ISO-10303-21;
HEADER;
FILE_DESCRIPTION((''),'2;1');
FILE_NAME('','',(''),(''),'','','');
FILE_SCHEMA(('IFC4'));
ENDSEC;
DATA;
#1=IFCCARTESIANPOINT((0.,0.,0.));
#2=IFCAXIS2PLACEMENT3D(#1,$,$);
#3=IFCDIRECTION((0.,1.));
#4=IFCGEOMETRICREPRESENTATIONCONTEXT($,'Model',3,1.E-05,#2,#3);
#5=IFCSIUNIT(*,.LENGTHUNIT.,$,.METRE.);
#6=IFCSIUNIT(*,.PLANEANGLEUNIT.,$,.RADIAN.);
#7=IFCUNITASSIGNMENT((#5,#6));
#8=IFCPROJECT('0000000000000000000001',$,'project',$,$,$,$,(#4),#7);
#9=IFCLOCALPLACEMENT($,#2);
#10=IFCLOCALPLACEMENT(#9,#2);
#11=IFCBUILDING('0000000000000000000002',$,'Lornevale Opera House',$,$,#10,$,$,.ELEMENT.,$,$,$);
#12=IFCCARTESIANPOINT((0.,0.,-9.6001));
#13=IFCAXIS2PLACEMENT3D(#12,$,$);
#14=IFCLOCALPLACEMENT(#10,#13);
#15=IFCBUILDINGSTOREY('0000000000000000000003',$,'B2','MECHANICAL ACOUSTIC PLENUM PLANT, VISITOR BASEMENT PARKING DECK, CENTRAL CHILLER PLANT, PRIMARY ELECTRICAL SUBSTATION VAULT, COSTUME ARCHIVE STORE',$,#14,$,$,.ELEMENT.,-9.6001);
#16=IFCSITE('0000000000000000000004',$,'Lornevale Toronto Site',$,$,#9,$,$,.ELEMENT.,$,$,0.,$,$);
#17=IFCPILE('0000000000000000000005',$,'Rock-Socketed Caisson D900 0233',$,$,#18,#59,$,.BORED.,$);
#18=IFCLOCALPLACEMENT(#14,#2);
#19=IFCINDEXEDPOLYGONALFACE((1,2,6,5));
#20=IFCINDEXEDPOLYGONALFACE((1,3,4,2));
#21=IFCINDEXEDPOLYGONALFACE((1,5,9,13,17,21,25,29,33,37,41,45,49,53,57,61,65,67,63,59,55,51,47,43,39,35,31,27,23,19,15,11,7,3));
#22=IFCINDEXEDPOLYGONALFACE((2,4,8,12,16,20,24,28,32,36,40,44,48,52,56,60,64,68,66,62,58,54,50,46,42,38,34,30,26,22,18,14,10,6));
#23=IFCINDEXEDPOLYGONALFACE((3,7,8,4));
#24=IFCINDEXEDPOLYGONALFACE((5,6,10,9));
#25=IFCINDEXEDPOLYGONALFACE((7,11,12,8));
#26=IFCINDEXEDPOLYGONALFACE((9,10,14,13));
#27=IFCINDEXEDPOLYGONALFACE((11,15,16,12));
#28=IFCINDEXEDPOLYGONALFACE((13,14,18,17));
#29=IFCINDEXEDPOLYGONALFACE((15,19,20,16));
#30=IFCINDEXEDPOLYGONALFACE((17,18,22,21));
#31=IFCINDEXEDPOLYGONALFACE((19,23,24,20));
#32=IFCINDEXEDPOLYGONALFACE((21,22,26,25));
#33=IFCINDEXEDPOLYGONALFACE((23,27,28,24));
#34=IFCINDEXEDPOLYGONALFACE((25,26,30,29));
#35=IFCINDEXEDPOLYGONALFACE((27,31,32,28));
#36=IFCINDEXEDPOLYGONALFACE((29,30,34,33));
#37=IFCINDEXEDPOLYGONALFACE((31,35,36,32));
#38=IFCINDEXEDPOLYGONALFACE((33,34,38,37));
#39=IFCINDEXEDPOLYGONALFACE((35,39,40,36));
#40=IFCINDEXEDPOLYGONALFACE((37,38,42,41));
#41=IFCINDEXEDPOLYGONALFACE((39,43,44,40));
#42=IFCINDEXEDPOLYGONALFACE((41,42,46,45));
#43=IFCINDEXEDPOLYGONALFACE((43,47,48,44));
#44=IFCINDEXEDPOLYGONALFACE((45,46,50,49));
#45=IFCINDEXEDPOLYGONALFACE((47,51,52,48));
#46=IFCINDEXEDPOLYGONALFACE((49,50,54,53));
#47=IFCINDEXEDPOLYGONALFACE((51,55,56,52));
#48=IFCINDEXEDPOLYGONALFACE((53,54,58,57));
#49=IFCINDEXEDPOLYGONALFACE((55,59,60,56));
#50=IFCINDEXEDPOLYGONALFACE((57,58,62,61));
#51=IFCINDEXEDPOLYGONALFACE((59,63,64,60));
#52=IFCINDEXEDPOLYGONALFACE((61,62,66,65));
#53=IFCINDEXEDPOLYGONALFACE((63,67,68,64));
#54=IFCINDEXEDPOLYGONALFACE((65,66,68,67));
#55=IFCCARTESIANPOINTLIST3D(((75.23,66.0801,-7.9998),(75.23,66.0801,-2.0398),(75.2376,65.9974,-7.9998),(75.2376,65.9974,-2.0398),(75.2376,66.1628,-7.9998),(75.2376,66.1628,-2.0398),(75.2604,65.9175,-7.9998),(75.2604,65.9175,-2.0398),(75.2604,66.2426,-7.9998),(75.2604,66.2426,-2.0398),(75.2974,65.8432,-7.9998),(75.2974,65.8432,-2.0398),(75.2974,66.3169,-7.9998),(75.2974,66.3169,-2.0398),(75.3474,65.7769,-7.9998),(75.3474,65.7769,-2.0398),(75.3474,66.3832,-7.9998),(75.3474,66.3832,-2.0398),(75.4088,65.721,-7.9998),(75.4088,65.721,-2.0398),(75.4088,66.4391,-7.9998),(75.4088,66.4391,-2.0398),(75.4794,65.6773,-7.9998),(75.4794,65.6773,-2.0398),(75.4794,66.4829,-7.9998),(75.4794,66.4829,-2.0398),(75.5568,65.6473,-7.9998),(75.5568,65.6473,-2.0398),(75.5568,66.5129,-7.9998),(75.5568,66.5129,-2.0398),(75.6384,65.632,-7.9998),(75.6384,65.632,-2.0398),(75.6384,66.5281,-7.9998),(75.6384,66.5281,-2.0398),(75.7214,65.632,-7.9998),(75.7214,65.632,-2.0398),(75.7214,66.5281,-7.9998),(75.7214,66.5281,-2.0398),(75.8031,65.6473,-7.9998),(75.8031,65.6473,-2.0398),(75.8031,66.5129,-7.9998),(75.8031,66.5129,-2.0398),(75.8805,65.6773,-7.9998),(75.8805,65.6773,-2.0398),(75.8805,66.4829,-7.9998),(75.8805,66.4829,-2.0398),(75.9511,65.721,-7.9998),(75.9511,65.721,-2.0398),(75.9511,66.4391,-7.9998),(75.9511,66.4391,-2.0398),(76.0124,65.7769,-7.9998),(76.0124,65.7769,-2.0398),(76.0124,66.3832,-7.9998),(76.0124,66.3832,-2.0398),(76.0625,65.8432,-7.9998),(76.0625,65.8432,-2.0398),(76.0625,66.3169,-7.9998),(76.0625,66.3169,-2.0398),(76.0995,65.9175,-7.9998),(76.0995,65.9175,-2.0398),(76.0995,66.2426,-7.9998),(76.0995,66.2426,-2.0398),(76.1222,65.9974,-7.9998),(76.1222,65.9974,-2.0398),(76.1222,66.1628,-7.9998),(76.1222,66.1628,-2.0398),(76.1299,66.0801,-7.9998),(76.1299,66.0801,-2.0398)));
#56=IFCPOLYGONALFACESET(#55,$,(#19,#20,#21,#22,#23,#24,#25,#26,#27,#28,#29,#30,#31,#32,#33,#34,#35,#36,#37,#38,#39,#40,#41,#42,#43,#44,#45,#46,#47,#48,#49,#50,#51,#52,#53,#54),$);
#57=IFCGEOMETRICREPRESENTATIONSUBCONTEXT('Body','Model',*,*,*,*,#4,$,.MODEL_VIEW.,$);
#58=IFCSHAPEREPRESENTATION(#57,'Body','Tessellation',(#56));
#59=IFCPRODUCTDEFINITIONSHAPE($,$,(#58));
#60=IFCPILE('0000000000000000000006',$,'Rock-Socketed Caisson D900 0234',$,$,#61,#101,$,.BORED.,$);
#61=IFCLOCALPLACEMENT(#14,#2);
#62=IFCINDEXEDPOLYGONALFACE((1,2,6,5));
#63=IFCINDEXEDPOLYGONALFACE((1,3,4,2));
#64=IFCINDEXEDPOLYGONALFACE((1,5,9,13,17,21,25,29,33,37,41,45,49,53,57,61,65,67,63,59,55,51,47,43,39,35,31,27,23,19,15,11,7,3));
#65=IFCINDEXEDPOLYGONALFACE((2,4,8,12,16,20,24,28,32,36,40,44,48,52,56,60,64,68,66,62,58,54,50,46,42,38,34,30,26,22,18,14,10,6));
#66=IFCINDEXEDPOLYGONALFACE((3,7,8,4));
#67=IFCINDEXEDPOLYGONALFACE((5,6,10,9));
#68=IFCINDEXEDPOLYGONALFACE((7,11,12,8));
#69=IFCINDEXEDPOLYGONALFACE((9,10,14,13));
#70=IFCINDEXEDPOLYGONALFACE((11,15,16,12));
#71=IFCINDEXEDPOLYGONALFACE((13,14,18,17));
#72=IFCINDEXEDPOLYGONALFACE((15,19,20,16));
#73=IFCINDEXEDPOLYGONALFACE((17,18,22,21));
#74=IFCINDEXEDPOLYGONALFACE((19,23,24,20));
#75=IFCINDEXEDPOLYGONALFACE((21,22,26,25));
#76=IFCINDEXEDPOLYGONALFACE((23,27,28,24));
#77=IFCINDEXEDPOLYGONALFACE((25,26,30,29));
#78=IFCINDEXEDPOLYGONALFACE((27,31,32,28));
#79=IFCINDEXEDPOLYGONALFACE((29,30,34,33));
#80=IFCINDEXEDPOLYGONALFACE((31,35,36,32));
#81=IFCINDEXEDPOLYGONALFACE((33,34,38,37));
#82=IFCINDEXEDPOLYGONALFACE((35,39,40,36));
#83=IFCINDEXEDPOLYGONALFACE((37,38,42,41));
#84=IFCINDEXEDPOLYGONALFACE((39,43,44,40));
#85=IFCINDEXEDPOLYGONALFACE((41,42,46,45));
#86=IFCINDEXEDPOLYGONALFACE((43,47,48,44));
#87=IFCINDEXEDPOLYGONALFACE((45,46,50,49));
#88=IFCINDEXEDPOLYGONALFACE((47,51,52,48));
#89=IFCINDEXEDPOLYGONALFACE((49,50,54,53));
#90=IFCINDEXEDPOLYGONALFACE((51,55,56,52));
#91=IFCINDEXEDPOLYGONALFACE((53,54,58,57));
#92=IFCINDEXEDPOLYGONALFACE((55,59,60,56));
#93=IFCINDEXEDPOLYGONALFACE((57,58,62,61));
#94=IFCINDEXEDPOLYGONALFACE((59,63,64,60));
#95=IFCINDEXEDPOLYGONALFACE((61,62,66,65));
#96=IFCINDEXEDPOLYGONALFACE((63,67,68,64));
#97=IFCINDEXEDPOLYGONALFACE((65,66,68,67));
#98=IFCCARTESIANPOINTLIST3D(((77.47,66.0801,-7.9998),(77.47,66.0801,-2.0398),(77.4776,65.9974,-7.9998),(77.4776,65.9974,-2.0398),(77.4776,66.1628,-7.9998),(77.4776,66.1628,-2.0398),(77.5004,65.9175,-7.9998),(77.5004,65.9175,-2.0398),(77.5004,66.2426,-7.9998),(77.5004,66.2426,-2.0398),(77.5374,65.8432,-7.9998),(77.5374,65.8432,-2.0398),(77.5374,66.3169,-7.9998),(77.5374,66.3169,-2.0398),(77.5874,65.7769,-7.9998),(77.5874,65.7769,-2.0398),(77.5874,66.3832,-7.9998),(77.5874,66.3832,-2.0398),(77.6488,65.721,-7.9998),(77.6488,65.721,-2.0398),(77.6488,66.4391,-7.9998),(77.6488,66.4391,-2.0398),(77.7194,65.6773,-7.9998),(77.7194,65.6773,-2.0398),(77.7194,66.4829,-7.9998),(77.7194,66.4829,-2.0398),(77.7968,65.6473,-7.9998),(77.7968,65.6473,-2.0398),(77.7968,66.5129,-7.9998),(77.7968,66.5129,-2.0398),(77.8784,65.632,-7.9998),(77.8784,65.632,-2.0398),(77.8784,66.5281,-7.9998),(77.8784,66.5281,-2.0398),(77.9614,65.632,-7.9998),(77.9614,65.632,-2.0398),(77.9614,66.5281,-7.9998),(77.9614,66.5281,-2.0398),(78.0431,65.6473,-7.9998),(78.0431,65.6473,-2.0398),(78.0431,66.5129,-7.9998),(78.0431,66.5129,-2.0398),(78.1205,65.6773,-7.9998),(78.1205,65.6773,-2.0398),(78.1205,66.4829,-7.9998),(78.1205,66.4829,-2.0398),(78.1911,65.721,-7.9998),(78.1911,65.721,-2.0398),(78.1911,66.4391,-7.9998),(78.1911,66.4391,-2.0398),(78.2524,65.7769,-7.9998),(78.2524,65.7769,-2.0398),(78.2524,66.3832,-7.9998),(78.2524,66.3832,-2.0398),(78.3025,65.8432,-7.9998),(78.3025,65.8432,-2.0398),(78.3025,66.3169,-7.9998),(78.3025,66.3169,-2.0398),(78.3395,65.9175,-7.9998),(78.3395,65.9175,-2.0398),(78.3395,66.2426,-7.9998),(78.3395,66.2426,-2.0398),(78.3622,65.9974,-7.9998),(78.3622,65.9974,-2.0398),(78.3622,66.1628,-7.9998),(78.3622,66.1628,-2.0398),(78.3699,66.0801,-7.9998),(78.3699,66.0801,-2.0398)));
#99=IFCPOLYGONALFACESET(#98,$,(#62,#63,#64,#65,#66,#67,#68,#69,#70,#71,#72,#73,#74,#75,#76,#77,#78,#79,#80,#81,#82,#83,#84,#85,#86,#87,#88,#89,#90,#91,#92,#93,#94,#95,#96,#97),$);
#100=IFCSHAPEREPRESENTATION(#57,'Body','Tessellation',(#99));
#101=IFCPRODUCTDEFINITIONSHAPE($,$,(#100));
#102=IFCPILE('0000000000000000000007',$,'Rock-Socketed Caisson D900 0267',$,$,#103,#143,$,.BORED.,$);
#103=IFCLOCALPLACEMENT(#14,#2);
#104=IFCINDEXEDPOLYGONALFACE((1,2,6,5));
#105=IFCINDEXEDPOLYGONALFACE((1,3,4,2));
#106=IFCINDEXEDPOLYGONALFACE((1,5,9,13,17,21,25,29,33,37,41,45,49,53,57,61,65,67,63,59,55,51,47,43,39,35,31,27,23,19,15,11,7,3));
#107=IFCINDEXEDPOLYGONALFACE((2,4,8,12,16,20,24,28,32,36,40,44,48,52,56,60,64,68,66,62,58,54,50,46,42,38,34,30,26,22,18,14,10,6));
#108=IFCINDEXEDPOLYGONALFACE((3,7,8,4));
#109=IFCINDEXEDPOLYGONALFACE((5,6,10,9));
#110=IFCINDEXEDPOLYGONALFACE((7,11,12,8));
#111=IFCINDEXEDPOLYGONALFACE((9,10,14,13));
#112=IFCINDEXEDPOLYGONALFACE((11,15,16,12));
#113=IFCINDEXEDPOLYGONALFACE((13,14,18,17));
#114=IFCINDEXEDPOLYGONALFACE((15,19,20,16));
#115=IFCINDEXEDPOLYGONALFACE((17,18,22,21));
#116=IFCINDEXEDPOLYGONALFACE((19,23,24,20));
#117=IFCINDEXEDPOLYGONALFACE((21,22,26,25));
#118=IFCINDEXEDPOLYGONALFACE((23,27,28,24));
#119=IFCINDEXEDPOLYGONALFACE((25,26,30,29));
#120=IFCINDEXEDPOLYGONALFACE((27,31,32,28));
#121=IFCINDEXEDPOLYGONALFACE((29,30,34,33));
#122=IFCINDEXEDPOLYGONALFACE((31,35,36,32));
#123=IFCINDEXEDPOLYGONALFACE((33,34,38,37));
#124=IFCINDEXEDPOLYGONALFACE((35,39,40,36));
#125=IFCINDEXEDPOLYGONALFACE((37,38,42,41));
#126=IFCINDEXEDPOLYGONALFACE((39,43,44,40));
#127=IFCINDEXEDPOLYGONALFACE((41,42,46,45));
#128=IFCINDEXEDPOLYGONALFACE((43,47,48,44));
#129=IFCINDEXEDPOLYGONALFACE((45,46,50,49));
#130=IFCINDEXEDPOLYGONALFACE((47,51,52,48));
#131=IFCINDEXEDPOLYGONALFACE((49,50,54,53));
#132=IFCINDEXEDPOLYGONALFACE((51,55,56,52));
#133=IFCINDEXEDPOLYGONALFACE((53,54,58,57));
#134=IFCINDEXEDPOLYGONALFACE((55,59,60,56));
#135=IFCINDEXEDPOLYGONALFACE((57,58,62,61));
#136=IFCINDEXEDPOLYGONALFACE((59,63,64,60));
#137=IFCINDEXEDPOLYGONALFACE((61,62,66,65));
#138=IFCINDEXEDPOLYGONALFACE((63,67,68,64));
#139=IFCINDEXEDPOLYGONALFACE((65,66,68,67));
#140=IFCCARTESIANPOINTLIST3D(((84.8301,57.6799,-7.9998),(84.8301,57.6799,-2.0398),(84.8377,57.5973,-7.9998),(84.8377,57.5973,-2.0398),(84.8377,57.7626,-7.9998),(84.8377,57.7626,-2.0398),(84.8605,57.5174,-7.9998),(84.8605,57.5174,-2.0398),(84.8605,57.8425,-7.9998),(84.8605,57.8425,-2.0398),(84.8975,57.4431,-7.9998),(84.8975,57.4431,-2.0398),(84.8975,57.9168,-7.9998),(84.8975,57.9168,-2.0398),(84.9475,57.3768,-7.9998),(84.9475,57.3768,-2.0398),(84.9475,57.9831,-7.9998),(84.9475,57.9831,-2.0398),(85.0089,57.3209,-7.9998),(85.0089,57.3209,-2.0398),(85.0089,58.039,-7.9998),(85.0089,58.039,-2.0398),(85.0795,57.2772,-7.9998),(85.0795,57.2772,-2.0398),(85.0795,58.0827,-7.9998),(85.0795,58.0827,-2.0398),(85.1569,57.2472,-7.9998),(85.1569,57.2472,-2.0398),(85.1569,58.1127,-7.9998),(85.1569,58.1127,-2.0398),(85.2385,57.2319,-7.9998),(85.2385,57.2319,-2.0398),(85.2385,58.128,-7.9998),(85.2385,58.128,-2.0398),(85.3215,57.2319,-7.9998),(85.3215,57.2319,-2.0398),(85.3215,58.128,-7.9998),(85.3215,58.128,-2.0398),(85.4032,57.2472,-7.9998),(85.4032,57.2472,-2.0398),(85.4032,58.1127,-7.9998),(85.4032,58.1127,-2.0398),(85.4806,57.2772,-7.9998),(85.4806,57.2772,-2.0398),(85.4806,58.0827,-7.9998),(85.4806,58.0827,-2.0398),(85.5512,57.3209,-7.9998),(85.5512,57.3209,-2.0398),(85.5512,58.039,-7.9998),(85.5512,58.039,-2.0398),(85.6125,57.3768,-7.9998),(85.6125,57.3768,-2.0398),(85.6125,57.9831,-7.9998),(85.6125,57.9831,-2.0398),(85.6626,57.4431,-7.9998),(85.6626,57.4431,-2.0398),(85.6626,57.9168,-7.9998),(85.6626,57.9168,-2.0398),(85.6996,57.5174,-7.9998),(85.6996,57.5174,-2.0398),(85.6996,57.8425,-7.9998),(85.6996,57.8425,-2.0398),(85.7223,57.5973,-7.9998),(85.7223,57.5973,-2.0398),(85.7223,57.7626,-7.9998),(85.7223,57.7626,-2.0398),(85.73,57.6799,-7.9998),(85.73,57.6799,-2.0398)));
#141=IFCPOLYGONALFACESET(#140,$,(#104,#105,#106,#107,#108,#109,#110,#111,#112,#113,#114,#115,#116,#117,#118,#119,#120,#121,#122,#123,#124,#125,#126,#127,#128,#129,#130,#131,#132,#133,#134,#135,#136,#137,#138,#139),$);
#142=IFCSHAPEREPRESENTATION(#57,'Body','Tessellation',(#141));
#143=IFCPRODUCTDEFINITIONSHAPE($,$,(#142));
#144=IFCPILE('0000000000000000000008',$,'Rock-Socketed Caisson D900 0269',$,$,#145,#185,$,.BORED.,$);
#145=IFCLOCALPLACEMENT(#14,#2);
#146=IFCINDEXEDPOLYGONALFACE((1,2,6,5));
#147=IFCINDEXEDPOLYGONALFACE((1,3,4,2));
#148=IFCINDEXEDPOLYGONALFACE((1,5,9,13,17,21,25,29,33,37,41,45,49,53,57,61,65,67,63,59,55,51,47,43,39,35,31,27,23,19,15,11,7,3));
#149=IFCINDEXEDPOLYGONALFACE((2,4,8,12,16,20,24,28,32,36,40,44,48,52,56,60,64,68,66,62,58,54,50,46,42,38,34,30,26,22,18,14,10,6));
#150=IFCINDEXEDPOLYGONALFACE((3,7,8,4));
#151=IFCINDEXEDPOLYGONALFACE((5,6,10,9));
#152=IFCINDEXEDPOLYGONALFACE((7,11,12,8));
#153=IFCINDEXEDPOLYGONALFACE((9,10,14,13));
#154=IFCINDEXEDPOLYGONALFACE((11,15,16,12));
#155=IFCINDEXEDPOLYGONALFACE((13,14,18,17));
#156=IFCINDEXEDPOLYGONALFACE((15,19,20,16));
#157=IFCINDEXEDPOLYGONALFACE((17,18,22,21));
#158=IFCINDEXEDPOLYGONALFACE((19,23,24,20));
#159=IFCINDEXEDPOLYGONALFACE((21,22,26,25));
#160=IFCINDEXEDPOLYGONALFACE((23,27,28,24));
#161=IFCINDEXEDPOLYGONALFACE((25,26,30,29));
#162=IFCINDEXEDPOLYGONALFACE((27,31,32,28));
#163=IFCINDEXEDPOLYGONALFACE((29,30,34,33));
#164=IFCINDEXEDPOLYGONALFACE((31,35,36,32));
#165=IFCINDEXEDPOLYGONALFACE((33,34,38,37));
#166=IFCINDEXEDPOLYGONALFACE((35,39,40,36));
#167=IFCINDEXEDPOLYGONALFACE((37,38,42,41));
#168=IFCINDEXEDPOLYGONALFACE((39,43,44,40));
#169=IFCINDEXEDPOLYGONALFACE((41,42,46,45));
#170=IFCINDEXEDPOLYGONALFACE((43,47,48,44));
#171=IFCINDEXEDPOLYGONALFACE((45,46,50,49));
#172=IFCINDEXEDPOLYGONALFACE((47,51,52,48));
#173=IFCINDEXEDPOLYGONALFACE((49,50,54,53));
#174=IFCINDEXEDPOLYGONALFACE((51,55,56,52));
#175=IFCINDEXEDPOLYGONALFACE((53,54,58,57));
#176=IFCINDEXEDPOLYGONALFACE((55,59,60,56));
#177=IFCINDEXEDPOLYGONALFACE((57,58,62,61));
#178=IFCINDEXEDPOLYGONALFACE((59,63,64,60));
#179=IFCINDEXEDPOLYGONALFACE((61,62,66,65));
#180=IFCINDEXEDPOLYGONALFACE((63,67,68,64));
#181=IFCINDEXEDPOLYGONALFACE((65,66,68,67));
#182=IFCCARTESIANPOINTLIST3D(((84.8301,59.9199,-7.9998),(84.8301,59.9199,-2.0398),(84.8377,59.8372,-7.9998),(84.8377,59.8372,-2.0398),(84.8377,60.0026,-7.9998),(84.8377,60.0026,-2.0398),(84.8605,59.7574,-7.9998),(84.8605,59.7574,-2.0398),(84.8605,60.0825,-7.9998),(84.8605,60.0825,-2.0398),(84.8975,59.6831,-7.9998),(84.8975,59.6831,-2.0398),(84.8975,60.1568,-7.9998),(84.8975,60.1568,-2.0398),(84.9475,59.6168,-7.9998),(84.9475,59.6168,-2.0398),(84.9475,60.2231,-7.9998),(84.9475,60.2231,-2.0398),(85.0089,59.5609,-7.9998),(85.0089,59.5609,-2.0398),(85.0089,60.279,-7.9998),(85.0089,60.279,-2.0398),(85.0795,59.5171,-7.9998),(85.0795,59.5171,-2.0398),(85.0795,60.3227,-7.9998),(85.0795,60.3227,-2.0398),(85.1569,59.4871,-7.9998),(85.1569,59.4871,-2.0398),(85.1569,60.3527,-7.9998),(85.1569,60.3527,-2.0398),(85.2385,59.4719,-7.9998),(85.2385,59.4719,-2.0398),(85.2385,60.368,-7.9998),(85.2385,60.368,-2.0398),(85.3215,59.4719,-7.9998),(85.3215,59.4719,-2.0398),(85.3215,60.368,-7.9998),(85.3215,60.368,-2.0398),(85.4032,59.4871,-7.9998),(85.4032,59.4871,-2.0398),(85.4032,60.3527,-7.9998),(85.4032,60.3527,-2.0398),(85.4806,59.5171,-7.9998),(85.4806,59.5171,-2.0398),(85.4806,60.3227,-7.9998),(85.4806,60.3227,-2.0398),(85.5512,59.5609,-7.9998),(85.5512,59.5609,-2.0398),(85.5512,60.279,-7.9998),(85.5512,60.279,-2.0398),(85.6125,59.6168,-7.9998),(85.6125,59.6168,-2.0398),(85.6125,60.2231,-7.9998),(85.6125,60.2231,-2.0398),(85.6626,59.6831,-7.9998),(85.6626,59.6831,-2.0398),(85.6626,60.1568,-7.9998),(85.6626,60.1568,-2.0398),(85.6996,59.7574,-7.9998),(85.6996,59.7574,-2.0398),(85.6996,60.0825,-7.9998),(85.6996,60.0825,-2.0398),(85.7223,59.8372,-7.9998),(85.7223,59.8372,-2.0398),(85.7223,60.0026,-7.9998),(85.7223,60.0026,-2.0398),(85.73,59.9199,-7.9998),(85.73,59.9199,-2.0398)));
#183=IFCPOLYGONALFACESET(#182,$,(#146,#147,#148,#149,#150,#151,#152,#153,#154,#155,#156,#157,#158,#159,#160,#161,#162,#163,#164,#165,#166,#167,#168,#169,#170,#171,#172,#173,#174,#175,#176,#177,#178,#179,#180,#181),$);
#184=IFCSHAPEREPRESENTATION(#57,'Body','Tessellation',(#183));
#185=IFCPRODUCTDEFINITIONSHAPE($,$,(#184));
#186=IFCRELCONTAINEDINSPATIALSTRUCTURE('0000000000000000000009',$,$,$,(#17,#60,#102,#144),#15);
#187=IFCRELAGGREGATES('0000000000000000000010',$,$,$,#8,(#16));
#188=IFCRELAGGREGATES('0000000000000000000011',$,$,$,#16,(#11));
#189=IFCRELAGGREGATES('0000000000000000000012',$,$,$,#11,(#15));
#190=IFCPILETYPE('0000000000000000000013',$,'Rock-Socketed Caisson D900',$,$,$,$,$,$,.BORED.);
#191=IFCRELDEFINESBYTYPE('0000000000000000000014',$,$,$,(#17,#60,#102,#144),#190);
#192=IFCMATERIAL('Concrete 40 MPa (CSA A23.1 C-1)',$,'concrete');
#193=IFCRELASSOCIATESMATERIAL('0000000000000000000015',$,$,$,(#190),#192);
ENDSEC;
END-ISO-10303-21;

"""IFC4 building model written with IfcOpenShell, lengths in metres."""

from ifc_helpers import new_model, si_unit, direction, frame, origin, origin_2d, place, context, subcontext, project, spatial, circle, extrude, material, material_profile, profile_set, type_object, element, save


model = new_model("IFC4")

# Units and contexts
model_context = context("Model", 3, precision=1e-05, world=origin(), true_north=direction((0.0, 1.0)))
body_context = subcontext(model_context, "Body", "Model", "MODEL_VIEW")
ifc_project = project(units=[si_unit("LENGTHUNIT", "METRE"), si_unit("PLANEANGLEUNIT", "RADIAN")], contexts=[model_context])

# Site, building, storey
site_placement = place(None, origin())
site = spatial("IfcSite", under=ifc_project, at=site_placement, Name="Lornevale Toronto Site", CompositionType="ELEMENT", RefElevation=0.0)
building_placement = place(site_placement, origin())
building = spatial("IfcBuilding", under=site, at=building_placement, Name="Lornevale Opera House", CompositionType="ELEMENT")
storey_placement = place(building_placement, frame((0.0, 0.0, -9.6001)))
storey = spatial("IfcBuildingStorey", under=building, at=storey_placement, Name="B2", Description="MECHANICAL ACOUSTIC PLENUM PLANT, VISITOR BASEMENT PARKING DECK, CENTRAL CHILLER PLANT, PRIMARY ELECTRICAL SUBSTATION VAULT, COSTUME ARCHIVE STORE", CompositionType="ELEMENT", Elevation=-9.6001)

# Piles
ifc_material_1 = material(Name="Concrete 40 MPa (CSA A23.1 C-1)", Category="concrete")
ifc_material_profile_1 = material_profile(ifc_material_1, circle(Radius=0.45, at=origin_2d()), Name="CAIS900")
ifc_profile_set_1 = profile_set([ifc_material_profile_1], Name="Concrete 40 MPa (CSA A23.1 C-1)")
pile_type_1 = type_object("IfcPileType", Name="Rock-Socketed Caisson D900", PredefinedType="BORED", material=ifc_profile_set_1)
for number, where, z_axis, x_axis, name in (
    (1, (75.6799, 66.0801, -2.0398), (0.0, 0.0, -1.0), (1.0, 0.0, 0.0), "Rock-Socketed Caisson D900 0233"),
    (2, (77.9199, 66.0801, -2.0398), (0.0, 0.0, -1.0), (1.0, 0.0, 0.0), "Rock-Socketed Caisson D900 0234"),
    (3, (85.28, 57.6799, -2.0398), (0.0, 0.0, -1.0), (1.0, 0.0, 0.0), "Rock-Socketed Caisson D900 0267"),
    (4, (85.28, 59.9199, -2.0398), (0.0, 0.0, -1.0), (1.0, 0.0, 0.0), "Rock-Socketed Caisson D900 0269"),
):
    element("IfcPile", number, at=place(storey_placement, frame(where, z_axis=z_axis, x_axis=x_axis)), inside=storey, type_object=pile_type_1, Name=name, PredefinedType="BORED", context=body_context, shape_type="SweptSolid", body=[
        extrude(circle(Radius=0.45, at=origin_2d()), origin(), (0.0, 0.0, 1.0), 5.96),
    ])

save(model, "model.ifc")
